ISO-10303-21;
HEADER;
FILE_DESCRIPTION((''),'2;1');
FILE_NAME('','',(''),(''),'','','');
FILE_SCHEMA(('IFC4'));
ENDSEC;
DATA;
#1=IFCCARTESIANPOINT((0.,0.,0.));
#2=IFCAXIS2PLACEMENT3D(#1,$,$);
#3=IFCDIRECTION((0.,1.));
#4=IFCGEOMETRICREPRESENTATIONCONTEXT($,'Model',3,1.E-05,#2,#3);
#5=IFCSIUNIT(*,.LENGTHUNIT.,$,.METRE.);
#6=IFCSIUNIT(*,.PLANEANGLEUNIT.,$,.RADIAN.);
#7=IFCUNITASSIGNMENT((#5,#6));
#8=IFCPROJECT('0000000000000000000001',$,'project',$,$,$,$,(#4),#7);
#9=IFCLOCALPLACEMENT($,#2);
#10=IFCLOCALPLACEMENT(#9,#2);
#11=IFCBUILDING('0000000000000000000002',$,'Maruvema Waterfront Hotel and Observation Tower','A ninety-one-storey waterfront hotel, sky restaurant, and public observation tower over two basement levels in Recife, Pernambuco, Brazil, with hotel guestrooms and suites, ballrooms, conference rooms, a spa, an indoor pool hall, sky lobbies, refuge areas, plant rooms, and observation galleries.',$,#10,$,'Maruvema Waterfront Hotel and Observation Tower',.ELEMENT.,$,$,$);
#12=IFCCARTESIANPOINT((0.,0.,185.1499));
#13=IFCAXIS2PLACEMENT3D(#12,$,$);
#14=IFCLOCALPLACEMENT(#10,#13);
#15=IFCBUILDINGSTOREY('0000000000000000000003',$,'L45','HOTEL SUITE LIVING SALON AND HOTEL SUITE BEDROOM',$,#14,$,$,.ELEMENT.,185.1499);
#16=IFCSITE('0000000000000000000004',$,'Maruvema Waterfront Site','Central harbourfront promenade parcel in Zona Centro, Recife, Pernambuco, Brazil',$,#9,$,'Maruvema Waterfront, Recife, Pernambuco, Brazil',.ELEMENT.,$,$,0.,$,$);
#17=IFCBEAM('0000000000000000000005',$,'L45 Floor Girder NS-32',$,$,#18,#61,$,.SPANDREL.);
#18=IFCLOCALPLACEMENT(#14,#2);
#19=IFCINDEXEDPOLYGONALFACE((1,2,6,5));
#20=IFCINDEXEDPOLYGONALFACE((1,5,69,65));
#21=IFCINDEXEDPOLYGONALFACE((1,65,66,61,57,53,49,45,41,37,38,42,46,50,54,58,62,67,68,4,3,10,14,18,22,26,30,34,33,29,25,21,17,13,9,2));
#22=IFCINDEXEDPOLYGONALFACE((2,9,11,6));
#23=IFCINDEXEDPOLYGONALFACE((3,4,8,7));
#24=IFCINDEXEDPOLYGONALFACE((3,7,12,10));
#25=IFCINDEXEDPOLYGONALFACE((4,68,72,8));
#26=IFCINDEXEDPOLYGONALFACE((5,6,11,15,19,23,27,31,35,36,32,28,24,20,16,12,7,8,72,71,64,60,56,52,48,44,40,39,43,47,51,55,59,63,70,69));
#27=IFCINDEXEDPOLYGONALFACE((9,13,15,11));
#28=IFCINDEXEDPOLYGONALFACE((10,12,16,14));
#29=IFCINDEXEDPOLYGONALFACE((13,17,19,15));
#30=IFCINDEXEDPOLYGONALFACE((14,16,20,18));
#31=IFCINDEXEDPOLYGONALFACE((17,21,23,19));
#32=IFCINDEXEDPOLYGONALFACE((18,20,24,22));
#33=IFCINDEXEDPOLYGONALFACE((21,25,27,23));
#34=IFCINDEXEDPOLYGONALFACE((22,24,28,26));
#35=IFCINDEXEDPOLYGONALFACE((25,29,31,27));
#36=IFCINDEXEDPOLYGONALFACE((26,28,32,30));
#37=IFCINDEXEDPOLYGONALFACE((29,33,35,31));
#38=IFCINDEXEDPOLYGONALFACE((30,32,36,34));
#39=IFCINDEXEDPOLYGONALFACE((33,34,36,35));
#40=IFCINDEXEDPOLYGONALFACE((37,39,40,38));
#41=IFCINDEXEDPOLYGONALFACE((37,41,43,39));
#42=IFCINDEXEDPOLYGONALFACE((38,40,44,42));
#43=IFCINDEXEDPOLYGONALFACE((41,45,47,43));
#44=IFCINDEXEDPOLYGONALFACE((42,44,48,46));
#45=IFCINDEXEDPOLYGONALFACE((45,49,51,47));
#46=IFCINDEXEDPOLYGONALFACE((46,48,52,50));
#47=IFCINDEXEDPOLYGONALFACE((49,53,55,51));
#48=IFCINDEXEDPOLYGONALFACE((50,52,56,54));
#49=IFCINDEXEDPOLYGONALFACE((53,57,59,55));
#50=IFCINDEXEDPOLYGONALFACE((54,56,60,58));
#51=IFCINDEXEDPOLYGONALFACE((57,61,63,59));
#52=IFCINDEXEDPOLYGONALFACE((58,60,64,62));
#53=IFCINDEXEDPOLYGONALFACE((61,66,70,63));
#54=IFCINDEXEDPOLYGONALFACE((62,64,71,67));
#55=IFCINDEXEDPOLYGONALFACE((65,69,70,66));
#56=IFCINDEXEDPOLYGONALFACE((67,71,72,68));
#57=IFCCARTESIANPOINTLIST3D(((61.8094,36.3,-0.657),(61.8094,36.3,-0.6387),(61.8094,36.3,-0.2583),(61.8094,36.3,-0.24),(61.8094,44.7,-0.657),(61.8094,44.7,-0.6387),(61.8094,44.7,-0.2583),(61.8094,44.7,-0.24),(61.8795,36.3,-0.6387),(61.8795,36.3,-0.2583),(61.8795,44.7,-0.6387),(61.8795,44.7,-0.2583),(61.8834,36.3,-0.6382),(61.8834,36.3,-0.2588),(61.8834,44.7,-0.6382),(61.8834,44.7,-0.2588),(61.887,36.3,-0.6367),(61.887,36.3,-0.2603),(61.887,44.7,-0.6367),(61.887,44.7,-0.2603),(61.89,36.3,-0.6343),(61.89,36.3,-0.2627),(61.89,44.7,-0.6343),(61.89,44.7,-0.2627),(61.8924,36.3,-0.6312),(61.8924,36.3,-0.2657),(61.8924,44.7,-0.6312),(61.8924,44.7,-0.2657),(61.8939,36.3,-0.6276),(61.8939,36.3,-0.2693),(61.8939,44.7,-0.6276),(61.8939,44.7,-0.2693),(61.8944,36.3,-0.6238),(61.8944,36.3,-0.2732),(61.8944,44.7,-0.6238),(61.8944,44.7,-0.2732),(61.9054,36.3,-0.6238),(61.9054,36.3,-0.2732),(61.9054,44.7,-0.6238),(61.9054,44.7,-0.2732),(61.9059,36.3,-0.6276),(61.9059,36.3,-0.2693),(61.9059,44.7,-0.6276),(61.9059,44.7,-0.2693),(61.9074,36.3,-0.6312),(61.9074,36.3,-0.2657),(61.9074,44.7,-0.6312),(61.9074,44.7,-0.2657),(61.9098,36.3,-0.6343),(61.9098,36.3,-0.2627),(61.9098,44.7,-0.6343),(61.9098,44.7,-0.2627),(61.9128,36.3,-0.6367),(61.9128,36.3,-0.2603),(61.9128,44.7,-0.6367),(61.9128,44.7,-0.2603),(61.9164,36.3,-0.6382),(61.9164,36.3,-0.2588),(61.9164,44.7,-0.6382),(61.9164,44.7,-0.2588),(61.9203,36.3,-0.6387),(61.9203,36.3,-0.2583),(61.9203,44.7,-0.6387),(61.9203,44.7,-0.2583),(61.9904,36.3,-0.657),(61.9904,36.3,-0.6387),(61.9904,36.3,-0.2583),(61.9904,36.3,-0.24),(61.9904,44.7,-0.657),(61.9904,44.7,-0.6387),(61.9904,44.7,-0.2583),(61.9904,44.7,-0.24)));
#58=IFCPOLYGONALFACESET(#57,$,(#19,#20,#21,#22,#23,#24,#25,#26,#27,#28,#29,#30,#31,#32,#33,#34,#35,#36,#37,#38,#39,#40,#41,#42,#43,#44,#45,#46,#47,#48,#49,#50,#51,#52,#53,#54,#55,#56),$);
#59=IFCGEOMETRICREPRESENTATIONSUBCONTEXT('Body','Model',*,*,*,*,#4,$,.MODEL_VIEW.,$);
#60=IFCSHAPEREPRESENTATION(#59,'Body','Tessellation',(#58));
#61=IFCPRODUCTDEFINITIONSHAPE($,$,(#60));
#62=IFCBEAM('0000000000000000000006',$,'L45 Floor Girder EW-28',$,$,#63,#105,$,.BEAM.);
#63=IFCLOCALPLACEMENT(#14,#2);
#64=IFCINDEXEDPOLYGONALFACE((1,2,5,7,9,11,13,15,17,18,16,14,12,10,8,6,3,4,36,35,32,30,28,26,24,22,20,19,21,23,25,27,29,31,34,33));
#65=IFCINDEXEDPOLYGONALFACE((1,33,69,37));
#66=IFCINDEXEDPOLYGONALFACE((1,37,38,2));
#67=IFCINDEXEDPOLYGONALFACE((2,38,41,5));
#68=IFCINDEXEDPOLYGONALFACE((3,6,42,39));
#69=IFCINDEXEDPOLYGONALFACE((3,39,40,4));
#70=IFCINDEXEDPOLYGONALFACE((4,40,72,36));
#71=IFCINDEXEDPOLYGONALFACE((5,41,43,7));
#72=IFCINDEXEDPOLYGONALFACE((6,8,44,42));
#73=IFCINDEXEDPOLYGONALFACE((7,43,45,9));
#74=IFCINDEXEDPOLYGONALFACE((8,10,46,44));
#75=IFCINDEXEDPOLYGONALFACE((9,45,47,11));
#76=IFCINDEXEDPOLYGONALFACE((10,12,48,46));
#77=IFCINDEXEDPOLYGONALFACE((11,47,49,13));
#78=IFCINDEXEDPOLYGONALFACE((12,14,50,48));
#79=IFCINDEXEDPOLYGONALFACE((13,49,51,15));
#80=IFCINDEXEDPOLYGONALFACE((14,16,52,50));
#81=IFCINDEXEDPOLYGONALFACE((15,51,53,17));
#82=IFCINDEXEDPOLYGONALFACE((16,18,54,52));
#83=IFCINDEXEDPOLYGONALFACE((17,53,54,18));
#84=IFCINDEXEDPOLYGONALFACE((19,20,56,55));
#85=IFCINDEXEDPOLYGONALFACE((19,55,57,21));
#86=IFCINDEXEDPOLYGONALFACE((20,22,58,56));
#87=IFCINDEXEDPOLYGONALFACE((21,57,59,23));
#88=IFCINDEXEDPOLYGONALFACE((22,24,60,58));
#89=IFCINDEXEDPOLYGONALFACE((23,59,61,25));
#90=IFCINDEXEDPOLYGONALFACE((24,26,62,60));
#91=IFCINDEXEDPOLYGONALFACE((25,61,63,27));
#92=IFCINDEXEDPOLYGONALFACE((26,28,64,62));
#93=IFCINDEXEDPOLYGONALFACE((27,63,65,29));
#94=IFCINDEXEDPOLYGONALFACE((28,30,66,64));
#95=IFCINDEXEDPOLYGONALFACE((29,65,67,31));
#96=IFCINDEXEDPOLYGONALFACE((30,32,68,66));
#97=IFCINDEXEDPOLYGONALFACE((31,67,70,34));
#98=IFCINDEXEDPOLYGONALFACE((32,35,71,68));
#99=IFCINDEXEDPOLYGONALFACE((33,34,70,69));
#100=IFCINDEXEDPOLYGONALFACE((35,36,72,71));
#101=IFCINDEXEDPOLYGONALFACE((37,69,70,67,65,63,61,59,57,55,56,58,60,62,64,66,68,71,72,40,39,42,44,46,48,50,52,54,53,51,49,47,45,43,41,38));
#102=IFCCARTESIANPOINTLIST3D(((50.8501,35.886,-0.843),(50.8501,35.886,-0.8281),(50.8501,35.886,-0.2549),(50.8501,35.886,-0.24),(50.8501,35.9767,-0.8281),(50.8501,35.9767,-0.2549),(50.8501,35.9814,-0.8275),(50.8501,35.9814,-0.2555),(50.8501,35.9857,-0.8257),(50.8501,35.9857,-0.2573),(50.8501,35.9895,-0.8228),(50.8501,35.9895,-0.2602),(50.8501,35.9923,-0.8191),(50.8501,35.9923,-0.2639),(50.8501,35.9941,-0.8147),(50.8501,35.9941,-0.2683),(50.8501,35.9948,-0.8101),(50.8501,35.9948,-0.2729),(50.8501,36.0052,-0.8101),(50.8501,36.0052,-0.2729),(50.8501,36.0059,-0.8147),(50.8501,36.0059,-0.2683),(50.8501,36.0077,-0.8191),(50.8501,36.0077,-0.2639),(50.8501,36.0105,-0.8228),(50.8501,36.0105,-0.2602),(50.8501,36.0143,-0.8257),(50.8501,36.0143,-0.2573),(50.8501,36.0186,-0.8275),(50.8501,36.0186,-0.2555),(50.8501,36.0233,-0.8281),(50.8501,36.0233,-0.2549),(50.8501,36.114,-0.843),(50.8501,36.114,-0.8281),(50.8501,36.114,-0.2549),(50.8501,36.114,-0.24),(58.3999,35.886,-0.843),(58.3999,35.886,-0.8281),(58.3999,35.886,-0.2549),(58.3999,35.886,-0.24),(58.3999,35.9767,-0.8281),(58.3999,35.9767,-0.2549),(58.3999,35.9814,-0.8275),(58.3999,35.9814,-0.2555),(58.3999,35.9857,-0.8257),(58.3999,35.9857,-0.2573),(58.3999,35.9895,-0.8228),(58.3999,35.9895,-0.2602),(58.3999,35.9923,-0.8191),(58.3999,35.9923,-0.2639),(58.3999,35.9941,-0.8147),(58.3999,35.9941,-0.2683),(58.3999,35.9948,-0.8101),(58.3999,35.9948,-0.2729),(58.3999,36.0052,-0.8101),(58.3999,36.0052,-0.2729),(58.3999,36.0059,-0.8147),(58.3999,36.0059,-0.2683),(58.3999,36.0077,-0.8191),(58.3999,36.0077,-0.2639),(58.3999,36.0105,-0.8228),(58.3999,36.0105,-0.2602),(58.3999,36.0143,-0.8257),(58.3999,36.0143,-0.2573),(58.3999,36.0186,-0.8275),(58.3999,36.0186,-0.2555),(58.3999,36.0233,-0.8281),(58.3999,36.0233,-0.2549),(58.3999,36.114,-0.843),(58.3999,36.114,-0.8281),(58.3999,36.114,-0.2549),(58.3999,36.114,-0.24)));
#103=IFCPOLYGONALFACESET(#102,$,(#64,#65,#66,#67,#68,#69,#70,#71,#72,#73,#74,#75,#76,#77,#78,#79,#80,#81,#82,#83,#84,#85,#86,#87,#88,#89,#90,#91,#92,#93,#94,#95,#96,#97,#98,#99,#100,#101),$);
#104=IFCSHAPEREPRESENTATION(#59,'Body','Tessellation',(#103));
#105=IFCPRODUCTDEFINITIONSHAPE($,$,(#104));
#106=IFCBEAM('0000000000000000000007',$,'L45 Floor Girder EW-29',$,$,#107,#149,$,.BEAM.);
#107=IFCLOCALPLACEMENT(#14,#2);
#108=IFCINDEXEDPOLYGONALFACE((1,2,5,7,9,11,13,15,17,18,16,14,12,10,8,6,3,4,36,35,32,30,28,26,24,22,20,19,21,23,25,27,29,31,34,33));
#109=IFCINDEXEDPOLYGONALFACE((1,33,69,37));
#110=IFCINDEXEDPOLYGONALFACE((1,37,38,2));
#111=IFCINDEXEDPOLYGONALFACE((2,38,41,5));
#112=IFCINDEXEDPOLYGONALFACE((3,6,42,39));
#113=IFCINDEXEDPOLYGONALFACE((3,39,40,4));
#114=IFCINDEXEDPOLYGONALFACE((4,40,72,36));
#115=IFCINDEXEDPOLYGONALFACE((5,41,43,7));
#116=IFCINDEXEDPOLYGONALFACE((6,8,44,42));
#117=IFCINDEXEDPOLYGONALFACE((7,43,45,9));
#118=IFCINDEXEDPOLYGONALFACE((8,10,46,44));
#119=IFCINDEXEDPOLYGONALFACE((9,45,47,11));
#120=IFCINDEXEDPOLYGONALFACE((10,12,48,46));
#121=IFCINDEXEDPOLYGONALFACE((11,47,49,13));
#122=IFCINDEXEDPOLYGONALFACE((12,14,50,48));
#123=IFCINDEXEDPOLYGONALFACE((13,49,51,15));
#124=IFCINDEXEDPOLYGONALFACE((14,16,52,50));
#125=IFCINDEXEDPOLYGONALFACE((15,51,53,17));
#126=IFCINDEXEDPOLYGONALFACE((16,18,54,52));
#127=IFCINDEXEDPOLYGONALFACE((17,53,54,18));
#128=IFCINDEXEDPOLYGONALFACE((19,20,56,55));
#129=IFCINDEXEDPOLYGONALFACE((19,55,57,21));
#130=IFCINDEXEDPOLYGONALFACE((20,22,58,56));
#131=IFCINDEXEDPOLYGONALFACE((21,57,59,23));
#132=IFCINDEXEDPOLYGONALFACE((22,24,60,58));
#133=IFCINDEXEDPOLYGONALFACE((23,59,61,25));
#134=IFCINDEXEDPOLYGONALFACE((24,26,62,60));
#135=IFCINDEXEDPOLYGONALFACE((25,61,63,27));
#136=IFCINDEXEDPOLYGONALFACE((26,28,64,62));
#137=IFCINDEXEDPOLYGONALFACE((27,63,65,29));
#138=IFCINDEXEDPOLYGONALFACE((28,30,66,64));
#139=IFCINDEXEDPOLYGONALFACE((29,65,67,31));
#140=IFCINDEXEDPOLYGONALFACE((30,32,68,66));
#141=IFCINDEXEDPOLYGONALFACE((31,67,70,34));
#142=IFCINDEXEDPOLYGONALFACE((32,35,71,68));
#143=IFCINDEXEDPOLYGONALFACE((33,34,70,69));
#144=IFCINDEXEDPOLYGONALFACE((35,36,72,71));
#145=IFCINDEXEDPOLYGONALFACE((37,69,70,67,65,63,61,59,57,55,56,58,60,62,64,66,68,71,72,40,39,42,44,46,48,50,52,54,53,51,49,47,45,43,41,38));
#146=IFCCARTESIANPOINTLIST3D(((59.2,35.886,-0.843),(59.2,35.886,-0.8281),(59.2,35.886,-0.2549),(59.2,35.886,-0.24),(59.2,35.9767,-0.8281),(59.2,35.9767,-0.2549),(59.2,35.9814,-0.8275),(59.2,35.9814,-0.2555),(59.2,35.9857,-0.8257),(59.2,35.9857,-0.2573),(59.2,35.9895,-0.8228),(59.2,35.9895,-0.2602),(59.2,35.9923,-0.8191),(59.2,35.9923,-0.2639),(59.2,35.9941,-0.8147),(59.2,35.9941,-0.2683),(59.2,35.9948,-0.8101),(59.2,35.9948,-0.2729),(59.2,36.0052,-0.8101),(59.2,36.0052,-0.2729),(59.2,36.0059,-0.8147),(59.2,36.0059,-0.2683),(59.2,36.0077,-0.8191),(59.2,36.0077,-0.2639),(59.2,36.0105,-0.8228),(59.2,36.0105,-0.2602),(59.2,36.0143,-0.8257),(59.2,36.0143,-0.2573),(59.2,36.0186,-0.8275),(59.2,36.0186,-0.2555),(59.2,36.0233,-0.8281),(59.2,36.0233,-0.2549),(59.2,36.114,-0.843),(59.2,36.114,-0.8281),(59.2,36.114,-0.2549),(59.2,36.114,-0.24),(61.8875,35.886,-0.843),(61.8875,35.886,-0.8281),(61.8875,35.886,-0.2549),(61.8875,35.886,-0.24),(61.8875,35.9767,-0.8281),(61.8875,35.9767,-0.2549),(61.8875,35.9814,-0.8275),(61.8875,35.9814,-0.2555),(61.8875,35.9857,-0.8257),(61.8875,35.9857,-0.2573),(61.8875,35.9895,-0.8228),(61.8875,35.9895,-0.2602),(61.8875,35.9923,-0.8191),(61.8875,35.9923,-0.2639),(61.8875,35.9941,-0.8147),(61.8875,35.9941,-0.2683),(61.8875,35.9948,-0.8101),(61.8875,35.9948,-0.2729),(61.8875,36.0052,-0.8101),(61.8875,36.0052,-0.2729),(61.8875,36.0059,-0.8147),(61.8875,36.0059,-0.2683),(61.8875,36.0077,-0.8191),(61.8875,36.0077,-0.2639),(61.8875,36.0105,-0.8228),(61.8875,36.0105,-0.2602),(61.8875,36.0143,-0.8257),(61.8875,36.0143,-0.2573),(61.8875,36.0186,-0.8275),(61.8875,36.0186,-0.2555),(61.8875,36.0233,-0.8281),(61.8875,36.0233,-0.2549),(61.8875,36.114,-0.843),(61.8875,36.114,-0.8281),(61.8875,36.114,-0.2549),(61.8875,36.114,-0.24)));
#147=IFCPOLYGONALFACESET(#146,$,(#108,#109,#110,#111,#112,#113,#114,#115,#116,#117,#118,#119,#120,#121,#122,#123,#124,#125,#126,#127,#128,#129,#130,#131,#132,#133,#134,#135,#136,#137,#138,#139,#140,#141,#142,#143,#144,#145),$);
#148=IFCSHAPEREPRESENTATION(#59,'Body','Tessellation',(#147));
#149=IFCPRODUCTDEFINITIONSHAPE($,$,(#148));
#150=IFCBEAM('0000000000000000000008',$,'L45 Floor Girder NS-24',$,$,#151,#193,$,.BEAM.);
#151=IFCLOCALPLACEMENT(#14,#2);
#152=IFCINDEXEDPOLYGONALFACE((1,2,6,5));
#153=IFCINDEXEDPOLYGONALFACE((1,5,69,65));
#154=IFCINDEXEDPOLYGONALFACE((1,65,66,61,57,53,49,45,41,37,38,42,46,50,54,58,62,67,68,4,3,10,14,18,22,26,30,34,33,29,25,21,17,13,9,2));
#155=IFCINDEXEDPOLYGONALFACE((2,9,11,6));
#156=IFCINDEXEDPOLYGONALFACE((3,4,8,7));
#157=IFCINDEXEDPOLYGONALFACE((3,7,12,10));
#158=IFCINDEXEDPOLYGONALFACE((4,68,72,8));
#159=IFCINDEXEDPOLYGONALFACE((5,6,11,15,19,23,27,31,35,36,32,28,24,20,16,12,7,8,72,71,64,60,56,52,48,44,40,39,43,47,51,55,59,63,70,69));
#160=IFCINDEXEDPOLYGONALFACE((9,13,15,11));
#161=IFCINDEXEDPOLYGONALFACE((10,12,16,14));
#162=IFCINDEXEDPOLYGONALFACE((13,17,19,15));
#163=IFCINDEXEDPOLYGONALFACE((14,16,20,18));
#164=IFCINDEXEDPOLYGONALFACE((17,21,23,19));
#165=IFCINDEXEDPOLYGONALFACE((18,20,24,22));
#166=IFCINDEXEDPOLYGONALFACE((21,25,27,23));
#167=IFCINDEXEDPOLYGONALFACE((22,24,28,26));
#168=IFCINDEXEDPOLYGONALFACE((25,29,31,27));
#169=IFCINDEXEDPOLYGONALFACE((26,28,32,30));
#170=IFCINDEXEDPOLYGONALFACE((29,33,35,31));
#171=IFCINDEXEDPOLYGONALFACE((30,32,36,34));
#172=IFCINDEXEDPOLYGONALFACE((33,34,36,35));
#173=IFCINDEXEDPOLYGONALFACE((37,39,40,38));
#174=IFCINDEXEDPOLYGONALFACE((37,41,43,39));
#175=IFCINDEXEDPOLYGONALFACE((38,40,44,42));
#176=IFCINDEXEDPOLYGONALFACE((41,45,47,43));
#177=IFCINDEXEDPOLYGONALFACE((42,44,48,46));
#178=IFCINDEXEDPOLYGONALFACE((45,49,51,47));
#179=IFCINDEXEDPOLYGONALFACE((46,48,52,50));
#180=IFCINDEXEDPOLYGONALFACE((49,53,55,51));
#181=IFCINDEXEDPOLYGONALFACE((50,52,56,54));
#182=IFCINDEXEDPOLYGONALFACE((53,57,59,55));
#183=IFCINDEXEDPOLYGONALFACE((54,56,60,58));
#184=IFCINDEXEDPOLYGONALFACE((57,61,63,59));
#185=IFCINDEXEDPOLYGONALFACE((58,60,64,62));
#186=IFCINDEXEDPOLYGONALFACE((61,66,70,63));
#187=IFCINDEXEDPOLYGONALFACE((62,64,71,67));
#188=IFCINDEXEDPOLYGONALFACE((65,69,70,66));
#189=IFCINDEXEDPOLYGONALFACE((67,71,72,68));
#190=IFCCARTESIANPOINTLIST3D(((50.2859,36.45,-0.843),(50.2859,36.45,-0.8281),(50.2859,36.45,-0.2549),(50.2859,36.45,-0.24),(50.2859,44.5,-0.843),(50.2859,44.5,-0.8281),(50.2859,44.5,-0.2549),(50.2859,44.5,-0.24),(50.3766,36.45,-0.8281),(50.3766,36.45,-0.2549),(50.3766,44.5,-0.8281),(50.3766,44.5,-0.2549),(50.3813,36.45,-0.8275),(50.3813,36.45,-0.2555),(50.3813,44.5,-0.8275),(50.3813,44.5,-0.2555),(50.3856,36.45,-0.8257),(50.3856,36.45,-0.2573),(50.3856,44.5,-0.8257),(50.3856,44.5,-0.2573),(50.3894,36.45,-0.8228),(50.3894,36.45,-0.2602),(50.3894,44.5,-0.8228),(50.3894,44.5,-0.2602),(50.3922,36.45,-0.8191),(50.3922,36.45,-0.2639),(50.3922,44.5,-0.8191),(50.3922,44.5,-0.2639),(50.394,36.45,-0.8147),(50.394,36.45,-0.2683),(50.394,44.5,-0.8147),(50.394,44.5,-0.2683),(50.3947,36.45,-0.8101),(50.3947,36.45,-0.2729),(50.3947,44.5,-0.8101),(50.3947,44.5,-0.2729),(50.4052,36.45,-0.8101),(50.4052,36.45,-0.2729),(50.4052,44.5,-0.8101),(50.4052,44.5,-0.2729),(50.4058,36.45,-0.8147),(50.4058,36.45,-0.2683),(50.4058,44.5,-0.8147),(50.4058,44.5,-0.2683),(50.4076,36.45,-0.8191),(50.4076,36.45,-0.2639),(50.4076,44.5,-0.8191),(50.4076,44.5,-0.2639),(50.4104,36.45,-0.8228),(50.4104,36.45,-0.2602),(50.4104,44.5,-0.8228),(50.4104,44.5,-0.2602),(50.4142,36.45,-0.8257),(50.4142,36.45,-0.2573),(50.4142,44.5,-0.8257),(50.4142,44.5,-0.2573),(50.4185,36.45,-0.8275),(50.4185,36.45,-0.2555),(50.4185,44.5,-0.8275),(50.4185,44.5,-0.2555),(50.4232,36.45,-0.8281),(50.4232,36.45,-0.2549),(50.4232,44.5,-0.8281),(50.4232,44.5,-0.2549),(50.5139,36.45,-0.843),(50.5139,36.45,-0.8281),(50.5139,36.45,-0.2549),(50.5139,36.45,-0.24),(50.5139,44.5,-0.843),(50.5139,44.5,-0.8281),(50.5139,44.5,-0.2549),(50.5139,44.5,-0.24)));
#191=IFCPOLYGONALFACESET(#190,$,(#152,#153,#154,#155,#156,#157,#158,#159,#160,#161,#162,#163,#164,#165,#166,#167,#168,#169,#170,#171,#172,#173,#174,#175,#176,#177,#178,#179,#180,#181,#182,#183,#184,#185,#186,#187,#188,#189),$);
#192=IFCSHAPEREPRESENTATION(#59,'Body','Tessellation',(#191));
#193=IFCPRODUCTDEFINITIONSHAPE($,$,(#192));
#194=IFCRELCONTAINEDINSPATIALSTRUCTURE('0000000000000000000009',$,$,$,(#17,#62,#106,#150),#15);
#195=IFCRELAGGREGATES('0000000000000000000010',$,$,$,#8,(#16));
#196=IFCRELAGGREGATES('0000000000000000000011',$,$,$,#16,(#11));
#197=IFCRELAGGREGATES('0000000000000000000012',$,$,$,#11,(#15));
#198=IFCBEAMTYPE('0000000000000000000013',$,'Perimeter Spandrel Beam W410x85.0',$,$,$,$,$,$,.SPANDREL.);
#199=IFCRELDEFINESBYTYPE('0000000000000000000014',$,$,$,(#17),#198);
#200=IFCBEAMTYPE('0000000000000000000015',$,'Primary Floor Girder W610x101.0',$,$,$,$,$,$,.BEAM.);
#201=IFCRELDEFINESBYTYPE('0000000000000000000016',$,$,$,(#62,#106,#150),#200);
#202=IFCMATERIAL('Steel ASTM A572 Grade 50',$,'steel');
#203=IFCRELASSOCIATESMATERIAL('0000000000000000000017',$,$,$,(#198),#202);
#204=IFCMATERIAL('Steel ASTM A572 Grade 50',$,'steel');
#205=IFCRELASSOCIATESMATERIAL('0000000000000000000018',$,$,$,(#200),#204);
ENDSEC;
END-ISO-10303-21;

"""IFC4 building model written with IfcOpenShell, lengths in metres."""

from ifc_helpers import new_model, si_unit, direction, frame, origin, origin_2d, place, context, subcontext, project, spatial, i_section, extrude, material, material_profile, profile_set, type_object, element, save


model = new_model("IFC4")

# Units and contexts
model_context = context("Model", 3, precision=1e-05, world=origin(), true_north=direction((0.0, 1.0)))
body_context = subcontext(model_context, "Body", "Model", "MODEL_VIEW")
ifc_project = project(units=[si_unit("LENGTHUNIT", "METRE"), si_unit("PLANEANGLEUNIT", "RADIAN")], contexts=[model_context])

# Site, building, storey
site_placement = place(None, origin())
site = spatial("IfcSite", under=ifc_project, at=site_placement, Name="Maruvema Waterfront Site", Description="Central harbourfront promenade parcel in Zona Centro, Recife, Pernambuco, Brazil", LongName="Maruvema Waterfront, Recife, Pernambuco, Brazil", CompositionType="ELEMENT", RefElevation=0.0)
building_placement = place(site_placement, origin())
building = spatial("IfcBuilding", under=site, at=building_placement, Name="Maruvema Waterfront Hotel and Observation Tower", Description="A ninety-one-storey waterfront hotel, sky restaurant, and public observation tower over two basement levels in Recife, Pernambuco, Brazil, with hotel guestrooms and suites, ballrooms, conference rooms, a spa, an indoor pool hall, sky lobbies, refuge areas, plant rooms, and observation galleries.", LongName="Maruvema Waterfront Hotel and Observation Tower", CompositionType="ELEMENT")
storey_placement = place(building_placement, frame((0.0, 0.0, 185.1499)))
storey = spatial("IfcBuildingStorey", under=building, at=storey_placement, Name="L45", Description="HOTEL SUITE LIVING SALON AND HOTEL SUITE BEDROOM", CompositionType="ELEMENT", Elevation=185.1499)

# Beams
ifc_material_1 = material(Name="Steel ASTM A572 Grade 50", Category="steel")
ifc_material_profile_1 = material_profile(ifc_material_1, i_section(OverallWidth=0.1809, OverallDepth=0.417, WebThickness=0.011, FlangeThickness=0.0183, FilletRadius=0.0149, at=origin_2d()), Name="W410x85.0")
ifc_profile_set_1 = profile_set([ifc_material_profile_1], Name="Steel ASTM A572 Grade 50")
beam_type_1 = type_object("IfcBeamType", Name="Perimeter Spandrel Beam W410x85.0", PredefinedType="SPANDREL", material=ifc_profile_set_1)
beam_1_placement = place(storey_placement, frame((61.8999, 36.3, -0.4485), z_axis=(0.0, 1.0, 0.0), x_axis=(-1.0, 0.0, 0.0)))
element("IfcBeam", 1, at=beam_1_placement, inside=storey, type_object=beam_type_1, Name="L45 Floor Girder NS-32", PredefinedType="SPANDREL", context=body_context, shape_type="SweptSolid", body=[
    extrude(i_section(OverallWidth=0.1809, OverallDepth=0.417, WebThickness=0.011, FlangeThickness=0.0183, FilletRadius=0.0149, at=origin_2d()), origin(), (0.0, 0.0, 1.0), 8.3999),
])
ifc_material_2 = material(Name="Steel ASTM A572 Grade 50", Category="steel")
ifc_material_profile_2 = material_profile(ifc_material_2, i_section(OverallWidth=0.228, OverallDepth=0.603, WebThickness=0.0105, FlangeThickness=0.0149, FilletRadius=0.0181, at=origin_2d()), Name="W610x101.0")
ifc_profile_set_2 = profile_set([ifc_material_profile_2], Name="Steel ASTM A572 Grade 50")
beam_type_2 = type_object("IfcBeamType", Name="Primary Floor Girder W610x101.0", PredefinedType="BEAM", material=ifc_profile_set_2)
beam_2_placement = place(storey_placement, frame((50.8501, 36.0, -0.5415), z_axis=(1.0, 0.0, 0.0), x_axis=(0.0, 1.0, 0.0)))
element("IfcBeam", 2, at=beam_2_placement, inside=storey, type_object=beam_type_2, Name="L45 Floor Girder EW-28", PredefinedType="BEAM", context=body_context, shape_type="SweptSolid", body=[
    extrude(i_section(OverallWidth=0.228, OverallDepth=0.603, WebThickness=0.0105, FlangeThickness=0.0149, FilletRadius=0.0181, at=origin_2d()), origin(), (0.0, 0.0, 1.0), 7.5498),
])
beam_3_placement = place(storey_placement, frame((59.2, 36.0, -0.5415), z_axis=(1.0, 0.0, 0.0), x_axis=(0.0, 1.0, 0.0)))
element("IfcBeam", 3, at=beam_3_placement, inside=storey, type_object=beam_type_2, Name="L45 Floor Girder EW-29", PredefinedType="BEAM", context=body_context, shape_type="SweptSolid", body=[
    extrude(i_section(OverallWidth=0.228, OverallDepth=0.603, WebThickness=0.0105, FlangeThickness=0.0149, FilletRadius=0.0181, at=origin_2d()), origin(), (0.0, 0.0, 1.0), 2.6875),
])
beam_4_placement = place(storey_placement, frame((50.3999, 36.45, -0.5415), z_axis=(0.0, 1.0, 0.0), x_axis=(-1.0, 0.0, 0.0)))
element("IfcBeam", 4, at=beam_4_placement, inside=storey, type_object=beam_type_2, Name="L45 Floor Girder NS-24", PredefinedType="BEAM", context=body_context, shape_type="SweptSolid", body=[
    extrude(i_section(OverallWidth=0.228, OverallDepth=0.603, WebThickness=0.0105, FlangeThickness=0.0149, FilletRadius=0.0181, at=origin_2d()), origin(), (0.0, 0.0, 1.0), 8.05),
])

save(model, "model.ifc")
